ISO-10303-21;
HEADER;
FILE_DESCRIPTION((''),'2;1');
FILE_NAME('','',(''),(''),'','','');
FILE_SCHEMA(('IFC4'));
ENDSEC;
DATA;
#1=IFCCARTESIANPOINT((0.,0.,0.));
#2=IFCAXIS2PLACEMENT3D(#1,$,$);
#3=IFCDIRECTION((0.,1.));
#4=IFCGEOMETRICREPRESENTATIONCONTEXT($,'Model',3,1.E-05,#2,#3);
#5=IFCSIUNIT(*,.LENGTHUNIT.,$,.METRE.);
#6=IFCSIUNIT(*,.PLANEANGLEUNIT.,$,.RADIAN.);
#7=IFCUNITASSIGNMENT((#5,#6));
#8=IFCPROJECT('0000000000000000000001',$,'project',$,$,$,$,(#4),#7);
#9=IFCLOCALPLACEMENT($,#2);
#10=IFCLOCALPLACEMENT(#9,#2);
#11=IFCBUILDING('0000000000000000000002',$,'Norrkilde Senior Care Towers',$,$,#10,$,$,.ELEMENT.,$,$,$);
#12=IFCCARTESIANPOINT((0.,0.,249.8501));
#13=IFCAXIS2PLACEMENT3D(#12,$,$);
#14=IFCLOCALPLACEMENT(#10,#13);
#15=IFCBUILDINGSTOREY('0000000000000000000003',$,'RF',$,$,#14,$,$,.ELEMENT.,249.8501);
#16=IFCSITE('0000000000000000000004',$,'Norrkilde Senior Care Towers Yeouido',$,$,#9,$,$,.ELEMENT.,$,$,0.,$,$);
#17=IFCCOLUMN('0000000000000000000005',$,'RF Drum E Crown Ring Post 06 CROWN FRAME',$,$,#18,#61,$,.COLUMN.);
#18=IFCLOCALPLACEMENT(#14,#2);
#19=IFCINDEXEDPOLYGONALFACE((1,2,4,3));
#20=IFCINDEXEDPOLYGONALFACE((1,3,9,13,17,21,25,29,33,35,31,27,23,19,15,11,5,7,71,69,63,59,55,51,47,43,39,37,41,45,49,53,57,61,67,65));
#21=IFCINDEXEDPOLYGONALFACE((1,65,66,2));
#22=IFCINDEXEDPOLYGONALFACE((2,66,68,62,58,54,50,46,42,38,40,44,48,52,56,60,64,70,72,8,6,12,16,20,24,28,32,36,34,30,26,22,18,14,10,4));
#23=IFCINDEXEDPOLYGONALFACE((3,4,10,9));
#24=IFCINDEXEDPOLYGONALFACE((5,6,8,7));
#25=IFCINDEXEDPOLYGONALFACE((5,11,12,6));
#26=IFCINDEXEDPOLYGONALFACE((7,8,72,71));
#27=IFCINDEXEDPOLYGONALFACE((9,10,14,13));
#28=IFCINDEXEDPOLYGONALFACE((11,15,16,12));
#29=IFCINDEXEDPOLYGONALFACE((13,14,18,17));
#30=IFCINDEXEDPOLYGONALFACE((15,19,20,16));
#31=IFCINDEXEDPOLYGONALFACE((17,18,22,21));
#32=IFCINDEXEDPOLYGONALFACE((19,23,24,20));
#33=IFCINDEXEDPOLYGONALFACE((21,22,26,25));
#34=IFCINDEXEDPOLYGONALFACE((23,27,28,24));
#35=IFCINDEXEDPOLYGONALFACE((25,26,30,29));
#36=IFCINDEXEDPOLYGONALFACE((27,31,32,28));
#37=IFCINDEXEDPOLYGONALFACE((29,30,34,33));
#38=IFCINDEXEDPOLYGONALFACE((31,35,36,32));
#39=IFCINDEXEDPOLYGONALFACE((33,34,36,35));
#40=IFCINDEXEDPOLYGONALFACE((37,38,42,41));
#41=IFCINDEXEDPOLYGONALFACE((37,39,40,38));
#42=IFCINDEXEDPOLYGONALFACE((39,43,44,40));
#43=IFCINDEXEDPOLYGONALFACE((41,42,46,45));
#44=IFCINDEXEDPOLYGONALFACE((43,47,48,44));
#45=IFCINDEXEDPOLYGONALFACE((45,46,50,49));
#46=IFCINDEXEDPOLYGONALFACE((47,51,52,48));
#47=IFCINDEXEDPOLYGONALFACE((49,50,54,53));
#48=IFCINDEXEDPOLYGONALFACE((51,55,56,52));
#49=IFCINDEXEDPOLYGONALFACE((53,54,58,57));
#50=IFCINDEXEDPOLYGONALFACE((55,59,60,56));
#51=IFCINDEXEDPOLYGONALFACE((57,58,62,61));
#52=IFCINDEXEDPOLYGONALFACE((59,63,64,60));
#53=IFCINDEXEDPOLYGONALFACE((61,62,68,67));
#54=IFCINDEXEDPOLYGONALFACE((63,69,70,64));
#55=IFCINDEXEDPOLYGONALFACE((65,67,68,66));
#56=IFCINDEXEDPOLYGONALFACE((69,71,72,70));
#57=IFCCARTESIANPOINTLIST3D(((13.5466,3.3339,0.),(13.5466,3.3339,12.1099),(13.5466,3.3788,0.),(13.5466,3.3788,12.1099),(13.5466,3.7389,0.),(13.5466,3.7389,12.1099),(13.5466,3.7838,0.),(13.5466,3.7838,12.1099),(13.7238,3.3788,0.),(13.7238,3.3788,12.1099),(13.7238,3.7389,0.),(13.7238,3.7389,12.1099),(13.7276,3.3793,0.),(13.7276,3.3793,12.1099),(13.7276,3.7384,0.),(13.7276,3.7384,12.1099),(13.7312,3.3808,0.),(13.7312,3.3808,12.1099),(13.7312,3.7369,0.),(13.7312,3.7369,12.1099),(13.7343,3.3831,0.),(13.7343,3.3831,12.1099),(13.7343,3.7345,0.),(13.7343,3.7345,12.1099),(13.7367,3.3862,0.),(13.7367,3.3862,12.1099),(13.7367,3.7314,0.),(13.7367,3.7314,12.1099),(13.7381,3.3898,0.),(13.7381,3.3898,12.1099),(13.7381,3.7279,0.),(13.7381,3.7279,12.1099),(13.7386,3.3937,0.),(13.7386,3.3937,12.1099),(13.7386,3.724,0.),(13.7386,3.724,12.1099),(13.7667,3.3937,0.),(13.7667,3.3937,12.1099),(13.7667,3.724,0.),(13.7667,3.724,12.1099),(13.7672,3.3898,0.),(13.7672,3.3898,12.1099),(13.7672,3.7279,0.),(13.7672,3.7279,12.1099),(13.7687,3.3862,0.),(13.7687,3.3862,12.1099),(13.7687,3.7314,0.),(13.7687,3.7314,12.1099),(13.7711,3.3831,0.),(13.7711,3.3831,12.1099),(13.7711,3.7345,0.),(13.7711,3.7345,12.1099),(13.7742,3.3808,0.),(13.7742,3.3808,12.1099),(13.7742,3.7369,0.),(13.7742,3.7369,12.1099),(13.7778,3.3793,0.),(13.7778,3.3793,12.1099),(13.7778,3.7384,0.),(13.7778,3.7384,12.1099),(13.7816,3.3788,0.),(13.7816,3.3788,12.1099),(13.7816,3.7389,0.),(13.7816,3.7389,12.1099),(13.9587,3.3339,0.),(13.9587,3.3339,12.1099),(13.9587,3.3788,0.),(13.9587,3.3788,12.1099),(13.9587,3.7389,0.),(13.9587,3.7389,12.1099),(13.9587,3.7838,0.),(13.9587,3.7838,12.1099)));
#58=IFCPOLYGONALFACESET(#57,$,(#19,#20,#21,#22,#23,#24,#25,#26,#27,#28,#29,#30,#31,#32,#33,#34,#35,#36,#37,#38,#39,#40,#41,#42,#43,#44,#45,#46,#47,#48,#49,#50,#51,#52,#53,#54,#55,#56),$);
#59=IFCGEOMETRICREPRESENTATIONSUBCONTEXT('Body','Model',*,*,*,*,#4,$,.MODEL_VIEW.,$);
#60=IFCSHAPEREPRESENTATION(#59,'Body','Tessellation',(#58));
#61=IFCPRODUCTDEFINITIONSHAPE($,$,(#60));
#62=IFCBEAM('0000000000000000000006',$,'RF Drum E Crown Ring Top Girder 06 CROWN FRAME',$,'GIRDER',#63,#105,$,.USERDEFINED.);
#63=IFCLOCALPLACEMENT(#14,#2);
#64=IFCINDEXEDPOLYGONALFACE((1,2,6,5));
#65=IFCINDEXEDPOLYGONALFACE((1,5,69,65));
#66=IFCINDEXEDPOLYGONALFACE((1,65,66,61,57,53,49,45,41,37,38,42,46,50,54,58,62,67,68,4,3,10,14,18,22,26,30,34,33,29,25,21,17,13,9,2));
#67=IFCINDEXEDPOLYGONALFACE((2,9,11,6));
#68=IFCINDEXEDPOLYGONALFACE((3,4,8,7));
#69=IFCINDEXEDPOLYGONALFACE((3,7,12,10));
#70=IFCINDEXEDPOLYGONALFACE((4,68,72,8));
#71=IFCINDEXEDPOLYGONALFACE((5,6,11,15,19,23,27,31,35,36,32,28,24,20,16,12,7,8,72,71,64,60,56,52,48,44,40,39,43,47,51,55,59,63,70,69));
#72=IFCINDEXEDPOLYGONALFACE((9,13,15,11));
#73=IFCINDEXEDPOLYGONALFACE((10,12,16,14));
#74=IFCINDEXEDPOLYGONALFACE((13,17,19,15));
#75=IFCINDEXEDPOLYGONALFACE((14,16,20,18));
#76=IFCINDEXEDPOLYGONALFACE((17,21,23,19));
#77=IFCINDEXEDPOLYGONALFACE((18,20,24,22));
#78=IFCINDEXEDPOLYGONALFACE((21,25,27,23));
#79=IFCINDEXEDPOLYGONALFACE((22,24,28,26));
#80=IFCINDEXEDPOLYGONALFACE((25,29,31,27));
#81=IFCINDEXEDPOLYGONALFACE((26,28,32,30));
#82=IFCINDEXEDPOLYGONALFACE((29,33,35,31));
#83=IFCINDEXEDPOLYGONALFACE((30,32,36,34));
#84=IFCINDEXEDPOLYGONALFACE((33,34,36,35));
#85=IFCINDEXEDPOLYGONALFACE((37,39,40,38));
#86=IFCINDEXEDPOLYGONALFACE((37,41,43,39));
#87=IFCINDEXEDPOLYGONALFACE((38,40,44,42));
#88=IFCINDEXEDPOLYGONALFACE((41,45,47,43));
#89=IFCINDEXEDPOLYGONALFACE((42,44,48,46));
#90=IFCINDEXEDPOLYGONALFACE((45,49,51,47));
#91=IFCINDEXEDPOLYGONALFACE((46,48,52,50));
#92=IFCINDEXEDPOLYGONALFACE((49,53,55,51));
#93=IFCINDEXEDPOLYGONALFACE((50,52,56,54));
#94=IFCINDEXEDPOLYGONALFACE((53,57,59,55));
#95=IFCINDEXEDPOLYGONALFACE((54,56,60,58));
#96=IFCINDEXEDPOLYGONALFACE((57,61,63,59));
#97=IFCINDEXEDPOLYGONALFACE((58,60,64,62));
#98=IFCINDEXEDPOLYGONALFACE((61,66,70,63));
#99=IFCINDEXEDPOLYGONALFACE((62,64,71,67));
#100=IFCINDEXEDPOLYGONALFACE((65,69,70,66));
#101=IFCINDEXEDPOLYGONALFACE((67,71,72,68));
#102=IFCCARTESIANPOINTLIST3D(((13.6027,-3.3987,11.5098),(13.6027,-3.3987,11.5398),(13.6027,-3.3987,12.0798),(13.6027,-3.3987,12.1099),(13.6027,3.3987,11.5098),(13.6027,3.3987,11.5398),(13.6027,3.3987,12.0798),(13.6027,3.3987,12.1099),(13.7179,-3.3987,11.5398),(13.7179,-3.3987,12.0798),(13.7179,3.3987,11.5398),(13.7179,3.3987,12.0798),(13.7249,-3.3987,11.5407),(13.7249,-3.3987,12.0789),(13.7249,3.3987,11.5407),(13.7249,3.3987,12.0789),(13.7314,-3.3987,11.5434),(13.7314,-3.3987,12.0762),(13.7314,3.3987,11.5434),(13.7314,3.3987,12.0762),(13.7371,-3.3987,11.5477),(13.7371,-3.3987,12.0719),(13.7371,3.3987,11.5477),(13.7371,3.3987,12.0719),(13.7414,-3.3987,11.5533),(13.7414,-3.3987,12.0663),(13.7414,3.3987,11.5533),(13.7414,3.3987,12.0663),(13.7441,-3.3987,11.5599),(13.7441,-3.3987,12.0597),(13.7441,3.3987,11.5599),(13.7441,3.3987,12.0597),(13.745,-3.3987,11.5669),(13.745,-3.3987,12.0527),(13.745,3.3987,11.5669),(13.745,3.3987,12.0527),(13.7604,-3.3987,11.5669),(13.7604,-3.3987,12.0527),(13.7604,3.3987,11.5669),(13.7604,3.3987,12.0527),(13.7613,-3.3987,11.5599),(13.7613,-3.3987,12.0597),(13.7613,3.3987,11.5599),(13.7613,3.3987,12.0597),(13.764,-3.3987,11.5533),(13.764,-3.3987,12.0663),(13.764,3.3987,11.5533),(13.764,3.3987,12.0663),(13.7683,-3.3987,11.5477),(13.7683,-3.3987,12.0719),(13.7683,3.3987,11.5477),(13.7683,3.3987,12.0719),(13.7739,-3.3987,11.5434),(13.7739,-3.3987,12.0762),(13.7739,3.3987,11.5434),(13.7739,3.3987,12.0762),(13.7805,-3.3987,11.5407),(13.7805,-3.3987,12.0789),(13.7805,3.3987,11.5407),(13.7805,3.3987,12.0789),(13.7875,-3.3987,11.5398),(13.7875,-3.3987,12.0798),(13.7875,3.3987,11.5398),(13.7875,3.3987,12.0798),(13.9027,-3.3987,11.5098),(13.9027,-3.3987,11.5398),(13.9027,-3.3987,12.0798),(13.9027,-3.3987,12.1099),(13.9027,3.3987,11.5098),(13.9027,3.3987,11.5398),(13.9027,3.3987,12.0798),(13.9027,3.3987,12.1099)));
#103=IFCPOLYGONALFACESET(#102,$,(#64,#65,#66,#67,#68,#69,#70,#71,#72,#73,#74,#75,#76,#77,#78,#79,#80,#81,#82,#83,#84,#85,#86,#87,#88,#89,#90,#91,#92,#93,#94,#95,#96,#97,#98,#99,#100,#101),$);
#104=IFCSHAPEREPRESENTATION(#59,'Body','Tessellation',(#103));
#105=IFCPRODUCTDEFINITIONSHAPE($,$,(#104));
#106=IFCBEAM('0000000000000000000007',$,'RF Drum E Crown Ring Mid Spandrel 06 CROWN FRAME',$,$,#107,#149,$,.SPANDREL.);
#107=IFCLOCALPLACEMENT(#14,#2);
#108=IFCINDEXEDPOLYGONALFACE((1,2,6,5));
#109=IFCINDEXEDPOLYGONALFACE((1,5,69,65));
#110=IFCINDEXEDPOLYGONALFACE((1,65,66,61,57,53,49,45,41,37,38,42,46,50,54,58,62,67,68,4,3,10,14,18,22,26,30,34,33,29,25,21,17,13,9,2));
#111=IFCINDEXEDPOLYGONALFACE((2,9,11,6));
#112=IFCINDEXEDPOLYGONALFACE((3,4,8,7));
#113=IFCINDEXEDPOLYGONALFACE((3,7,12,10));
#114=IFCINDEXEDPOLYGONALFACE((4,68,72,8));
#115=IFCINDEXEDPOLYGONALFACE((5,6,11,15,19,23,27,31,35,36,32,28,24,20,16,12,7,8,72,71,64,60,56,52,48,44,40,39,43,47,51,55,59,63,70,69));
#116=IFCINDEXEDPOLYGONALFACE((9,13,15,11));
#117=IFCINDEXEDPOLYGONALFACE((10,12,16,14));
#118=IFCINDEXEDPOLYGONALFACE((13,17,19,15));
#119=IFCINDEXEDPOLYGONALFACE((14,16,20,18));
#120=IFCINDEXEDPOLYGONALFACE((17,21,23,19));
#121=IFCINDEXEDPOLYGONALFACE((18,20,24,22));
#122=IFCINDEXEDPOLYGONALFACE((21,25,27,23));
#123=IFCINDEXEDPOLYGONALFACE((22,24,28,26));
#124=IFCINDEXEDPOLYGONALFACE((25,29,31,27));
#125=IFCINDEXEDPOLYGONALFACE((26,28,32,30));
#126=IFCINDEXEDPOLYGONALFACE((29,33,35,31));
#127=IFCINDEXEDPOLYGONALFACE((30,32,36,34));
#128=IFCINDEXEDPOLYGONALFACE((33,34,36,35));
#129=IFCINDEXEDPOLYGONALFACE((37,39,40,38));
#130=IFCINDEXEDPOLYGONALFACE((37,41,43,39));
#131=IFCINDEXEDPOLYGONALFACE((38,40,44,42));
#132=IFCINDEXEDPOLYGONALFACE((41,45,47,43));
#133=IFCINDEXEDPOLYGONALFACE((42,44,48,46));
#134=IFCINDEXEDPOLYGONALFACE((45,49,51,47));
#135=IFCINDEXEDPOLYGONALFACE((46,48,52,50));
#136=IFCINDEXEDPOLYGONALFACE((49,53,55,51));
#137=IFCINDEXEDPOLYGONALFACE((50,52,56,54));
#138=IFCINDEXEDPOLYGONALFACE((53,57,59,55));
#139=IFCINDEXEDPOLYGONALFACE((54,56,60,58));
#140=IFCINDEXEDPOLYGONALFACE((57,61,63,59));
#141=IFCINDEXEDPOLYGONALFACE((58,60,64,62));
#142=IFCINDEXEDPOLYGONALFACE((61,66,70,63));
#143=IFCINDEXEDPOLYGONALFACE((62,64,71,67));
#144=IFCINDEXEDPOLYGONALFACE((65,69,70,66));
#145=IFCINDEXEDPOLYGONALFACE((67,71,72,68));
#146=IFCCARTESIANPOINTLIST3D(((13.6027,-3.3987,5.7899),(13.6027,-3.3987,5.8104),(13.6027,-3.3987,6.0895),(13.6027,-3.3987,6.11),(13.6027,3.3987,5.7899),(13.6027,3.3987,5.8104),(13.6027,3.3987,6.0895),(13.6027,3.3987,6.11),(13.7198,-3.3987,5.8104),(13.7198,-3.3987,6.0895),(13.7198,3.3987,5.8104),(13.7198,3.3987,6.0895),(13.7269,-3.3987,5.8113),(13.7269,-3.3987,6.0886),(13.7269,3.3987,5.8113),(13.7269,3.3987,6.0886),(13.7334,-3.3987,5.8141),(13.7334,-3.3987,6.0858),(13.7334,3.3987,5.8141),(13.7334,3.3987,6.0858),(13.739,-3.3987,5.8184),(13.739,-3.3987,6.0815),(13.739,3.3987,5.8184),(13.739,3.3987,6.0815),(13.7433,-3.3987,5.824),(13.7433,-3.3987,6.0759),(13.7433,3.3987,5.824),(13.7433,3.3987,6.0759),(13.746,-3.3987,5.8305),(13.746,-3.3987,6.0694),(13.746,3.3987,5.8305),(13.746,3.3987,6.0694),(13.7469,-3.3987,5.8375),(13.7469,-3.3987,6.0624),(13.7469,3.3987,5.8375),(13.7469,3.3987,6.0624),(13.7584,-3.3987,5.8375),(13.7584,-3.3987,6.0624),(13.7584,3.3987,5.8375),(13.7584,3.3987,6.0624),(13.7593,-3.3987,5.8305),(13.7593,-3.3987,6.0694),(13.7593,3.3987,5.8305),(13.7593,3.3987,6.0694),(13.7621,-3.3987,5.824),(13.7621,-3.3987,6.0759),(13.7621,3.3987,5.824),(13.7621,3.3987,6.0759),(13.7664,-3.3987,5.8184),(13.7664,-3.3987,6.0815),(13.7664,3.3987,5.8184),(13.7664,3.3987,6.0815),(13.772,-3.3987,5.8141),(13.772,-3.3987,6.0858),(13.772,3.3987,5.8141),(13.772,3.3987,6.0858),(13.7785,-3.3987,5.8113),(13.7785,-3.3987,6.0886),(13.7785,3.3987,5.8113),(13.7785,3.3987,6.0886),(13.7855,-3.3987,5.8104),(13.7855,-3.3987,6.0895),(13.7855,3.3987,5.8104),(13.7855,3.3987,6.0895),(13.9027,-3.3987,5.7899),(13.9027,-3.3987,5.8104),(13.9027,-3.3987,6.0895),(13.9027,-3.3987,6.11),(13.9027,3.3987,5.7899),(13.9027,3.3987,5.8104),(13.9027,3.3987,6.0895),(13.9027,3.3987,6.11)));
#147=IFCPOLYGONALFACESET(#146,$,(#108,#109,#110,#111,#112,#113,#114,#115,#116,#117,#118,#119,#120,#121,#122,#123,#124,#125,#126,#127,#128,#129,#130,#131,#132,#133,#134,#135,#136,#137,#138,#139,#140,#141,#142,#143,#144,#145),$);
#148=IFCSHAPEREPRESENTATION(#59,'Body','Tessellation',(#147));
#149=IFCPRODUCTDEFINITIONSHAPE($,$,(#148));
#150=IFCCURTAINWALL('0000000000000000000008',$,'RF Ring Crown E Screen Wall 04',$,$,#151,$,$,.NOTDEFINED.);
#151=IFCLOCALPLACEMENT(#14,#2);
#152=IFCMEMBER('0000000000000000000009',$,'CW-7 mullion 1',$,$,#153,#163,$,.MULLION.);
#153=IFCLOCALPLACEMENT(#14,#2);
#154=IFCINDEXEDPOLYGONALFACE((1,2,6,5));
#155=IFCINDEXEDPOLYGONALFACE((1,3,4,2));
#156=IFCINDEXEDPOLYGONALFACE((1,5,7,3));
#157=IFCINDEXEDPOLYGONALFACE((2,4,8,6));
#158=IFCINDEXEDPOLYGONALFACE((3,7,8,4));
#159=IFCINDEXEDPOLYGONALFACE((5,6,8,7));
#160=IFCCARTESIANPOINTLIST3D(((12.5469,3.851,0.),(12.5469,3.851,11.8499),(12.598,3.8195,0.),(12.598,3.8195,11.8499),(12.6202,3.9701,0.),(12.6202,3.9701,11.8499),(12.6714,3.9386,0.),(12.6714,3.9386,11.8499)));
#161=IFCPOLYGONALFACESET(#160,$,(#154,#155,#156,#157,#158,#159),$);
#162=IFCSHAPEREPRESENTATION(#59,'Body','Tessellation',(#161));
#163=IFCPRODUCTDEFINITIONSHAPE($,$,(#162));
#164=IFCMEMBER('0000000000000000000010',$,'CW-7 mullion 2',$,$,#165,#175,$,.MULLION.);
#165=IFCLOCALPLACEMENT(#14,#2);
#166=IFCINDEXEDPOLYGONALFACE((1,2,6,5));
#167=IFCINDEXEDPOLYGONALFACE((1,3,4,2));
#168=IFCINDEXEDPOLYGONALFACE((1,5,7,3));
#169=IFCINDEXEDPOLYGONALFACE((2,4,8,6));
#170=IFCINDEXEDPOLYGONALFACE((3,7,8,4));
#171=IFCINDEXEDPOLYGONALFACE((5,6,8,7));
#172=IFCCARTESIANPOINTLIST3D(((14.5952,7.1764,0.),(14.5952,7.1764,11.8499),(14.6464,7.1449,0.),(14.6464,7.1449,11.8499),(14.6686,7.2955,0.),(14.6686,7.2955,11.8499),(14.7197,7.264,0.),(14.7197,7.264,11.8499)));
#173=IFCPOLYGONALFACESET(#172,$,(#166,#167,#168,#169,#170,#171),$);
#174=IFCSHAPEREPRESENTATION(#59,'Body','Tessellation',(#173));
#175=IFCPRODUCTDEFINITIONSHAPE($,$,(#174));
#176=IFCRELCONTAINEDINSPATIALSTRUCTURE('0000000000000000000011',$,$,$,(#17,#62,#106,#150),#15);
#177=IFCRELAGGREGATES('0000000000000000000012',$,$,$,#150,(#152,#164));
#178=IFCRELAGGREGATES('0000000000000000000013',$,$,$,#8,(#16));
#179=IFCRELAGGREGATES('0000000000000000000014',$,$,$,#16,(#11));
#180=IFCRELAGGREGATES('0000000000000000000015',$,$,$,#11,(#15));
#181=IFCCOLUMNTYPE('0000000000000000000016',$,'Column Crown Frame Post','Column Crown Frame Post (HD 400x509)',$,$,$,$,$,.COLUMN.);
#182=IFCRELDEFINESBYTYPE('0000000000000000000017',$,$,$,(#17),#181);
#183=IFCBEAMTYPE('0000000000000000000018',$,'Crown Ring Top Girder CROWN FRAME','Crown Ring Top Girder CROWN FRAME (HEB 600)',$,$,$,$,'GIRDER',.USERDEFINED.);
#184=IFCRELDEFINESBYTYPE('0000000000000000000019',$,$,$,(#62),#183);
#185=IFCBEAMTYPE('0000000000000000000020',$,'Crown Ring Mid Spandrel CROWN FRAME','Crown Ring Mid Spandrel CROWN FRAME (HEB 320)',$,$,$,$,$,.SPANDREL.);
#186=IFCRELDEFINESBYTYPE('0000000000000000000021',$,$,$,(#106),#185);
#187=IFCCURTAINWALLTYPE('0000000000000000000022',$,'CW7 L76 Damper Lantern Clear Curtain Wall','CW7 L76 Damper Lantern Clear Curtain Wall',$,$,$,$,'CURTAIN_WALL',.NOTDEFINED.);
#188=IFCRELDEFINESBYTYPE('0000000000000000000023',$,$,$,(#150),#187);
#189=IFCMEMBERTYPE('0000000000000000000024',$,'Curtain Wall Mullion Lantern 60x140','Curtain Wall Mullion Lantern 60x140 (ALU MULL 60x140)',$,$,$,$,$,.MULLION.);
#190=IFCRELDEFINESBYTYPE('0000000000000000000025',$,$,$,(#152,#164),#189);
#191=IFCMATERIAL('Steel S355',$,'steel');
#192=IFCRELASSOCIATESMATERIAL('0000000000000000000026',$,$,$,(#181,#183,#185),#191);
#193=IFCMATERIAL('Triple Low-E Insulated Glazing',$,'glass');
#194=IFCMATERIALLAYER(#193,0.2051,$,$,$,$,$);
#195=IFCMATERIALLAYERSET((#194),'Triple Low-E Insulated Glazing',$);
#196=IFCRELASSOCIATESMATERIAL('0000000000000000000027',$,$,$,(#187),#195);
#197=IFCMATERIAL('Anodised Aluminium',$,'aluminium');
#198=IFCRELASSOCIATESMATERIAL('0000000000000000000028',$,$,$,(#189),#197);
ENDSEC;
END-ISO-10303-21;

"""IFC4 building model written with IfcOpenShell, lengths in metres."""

from ifc_helpers import new_model, si_unit, direction, frame, origin, origin_2d, place, context, subcontext, project, spatial, rectangle, i_section, extrude, source, transform, mapped, material, layer, layer_set, material_profile, profile_set, type_object, type_shapes, element, aggregate, save


model = new_model("IFC4")

# Units and contexts
model_context = context("Model", 3, precision=1e-05, world=origin(), true_north=direction((0.0, 1.0)))
body_context = subcontext(model_context, "Body", "Model", "MODEL_VIEW")
ifc_project = project(units=[si_unit("LENGTHUNIT", "METRE"), si_unit("PLANEANGLEUNIT", "RADIAN")], contexts=[model_context])

# Site, building, storey
site_placement = place(None, origin())
site = spatial("IfcSite", under=ifc_project, at=site_placement, Name="Norrkilde Senior Care Towers Yeouido", CompositionType="ELEMENT", RefElevation=0.0)
building_placement = place(site_placement, origin())
building = spatial("IfcBuilding", under=site, at=building_placement, Name="Norrkilde Senior Care Towers", CompositionType="ELEMENT")
storey_placement = place(building_placement, frame((0.0, 0.0, 249.8501)))
storey = spatial("IfcBuildingStorey", under=building, at=storey_placement, Name="RF", CompositionType="ELEMENT", Elevation=249.8501)

# Column
ifc_material_1 = material(Name="Steel S355", Category="steel")
ifc_material_profile_1 = material_profile(ifc_material_1, i_section(OverallWidth=0.4121, OverallDepth=0.45, WebThickness=0.0281, FlangeThickness=0.0449, FilletRadius=0.0149, at=origin_2d()), Name="HD 400x509")
ifc_profile_set_1 = profile_set([ifc_material_profile_1], Name="Steel S355")
column_type = type_object("IfcColumnType", Name="Column Crown Frame Post", Description="Column Crown Frame Post (HD 400x509)", PredefinedType="COLUMN", material=ifc_profile_set_1)
shared_shape_1 = source(origin(), body_context, "Body", "SweptSolid", [
    extrude(i_section(OverallWidth=0.4121, OverallDepth=0.45, WebThickness=0.0281, FlangeThickness=0.0449, FilletRadius=0.0149, at=origin_2d()), origin(), (0.0, 0.0, 1.0), 12.1099),
])
type_shapes(column_type, [shared_shape_1])
column_placement = place(storey_placement, frame((13.7527, 3.5588, 0.0), z_axis=(0.0, 0.0, 1.0), x_axis=(1.0, 0.0, 0.0)))
element("IfcColumn", 1, at=column_placement, inside=storey, type_object=column_type, Name="RF Drum E Crown Ring Post 06 CROWN FRAME", PredefinedType="COLUMN", context=body_context, shape_type="MappedRepresentation", body=[
    mapped(shared_shape_1, transform((0.0, 0.0, 0.0), x_axis=(1.0, 0.0, 0.0), y_axis=(0.0, 1.0, 0.0), z_axis=(0.0, 0.0, 1.0), scale=1.0)),
])

# Beams
ifc_material_profile_2 = material_profile(ifc_material_1, i_section(OverallWidth=0.3, OverallDepth=0.6001, WebThickness=0.0154, FlangeThickness=0.03, FilletRadius=0.0271, at=origin_2d()), Name="HEB 600")
ifc_profile_set_2 = profile_set([ifc_material_profile_2], Name="Steel S355")
beam_type_1 = type_object("IfcBeamType", Name="Crown Ring Top Girder CROWN FRAME", Description="Crown Ring Top Girder CROWN FRAME (HEB 600)", ElementType="GIRDER", PredefinedType="USERDEFINED", material=ifc_profile_set_2)
shared_shape_2 = source(origin(), body_context, "Body", "SweptSolid", [
    extrude(i_section(OverallWidth=0.3, OverallDepth=0.6001, WebThickness=0.0154, FlangeThickness=0.03, FilletRadius=0.0271, at=origin_2d()), origin(), (0.0, 0.0, 1.0), 6.7974),
])
type_shapes(beam_type_1, [shared_shape_2])
beam_1_placement = place(storey_placement, frame((13.7527, 3.3987, 11.8098), z_axis=(0.0, -1.0, 0.0), x_axis=(1.0, 0.0, 0.0)))
element("IfcBeam", 2, at=beam_1_placement, inside=storey, type_object=beam_type_1, Name="RF Drum E Crown Ring Top Girder 06 CROWN FRAME", ObjectType="GIRDER", PredefinedType="USERDEFINED", context=body_context, shape_type="MappedRepresentation", body=[
    mapped(shared_shape_2, transform((0.0, 0.0, 0.0), x_axis=(1.0, 0.0, 0.0), y_axis=(0.0, 1.0, 0.0), z_axis=(0.0, 0.0, 1.0), scale=1.0)),
])
ifc_material_profile_3 = material_profile(ifc_material_1, i_section(OverallWidth=0.3, OverallDepth=0.3201, WebThickness=0.0115, FlangeThickness=0.0205, FilletRadius=0.0271, at=origin_2d()), Name="HEB 320")
ifc_profile_set_3 = profile_set([ifc_material_profile_3], Name="Steel S355")
beam_type_2 = type_object("IfcBeamType", Name="Crown Ring Mid Spandrel CROWN FRAME", Description="Crown Ring Mid Spandrel CROWN FRAME (HEB 320)", PredefinedType="SPANDREL", material=ifc_profile_set_3)
shared_shape_3 = source(origin(), body_context, "Body", "SweptSolid", [
    extrude(i_section(OverallWidth=0.3, OverallDepth=0.3201, WebThickness=0.0115, FlangeThickness=0.0205, FilletRadius=0.0271, at=origin_2d()), origin(), (0.0, 0.0, 1.0), 6.7974),
])
type_shapes(beam_type_2, [shared_shape_3])
beam_2_placement = place(storey_placement, frame((13.7527, 3.3987, 5.95), z_axis=(0.0, -1.0, 0.0), x_axis=(1.0, 0.0, 0.0)))
element("IfcBeam", 3, at=beam_2_placement, inside=storey, type_object=beam_type_2, Name="RF Drum E Crown Ring Mid Spandrel 06 CROWN FRAME", PredefinedType="SPANDREL", context=body_context, shape_type="MappedRepresentation", body=[
    mapped(shared_shape_3, transform((0.0, 0.0, 0.0), x_axis=(1.0, 0.0, 0.0), y_axis=(0.0, 1.0, 0.0), z_axis=(0.0, 0.0, 1.0), scale=1.0)),
])

# Curtain wall, members
ifc_material_2 = material(Name="Triple Low-E Insulated Glazing", Category="glass")
ifc_layer_1 = layer(ifc_material_2, 0.2051)
ifc_layer_set_1 = layer_set([ifc_layer_1], Name="Triple Low-E Insulated Glazing")
curtain_wall_type = type_object("IfcCurtainWallType", Name="CW7 L76 Damper Lantern Clear Curtain Wall", Description="CW7 L76 Damper Lantern Clear Curtain Wall", ElementType="CURTAIN_WALL", PredefinedType="NOTDEFINED", material=ifc_layer_set_1)
curtain_wall_1_placement = place(storey_placement, origin())
curtain_wall_1 = element("IfcCurtainWall", 4, at=curtain_wall_1_placement, inside=storey, type_object=curtain_wall_type, Name="RF Ring Crown E Screen Wall 04", PredefinedType="NOTDEFINED")
ifc_material_3 = material(Name="Anodised Aluminium", Category="aluminium")
ifc_material_profile_4 = material_profile(ifc_material_3, rectangle(XDim=0.0601, YDim=0.1399, at=origin_2d()), Name="ALU MULL 60x140")
ifc_profile_set_4 = profile_set([ifc_material_profile_4], Name="Anodised Aluminium")
member_type_1 = type_object("IfcMemberType", Name="Curtain Wall Mullion Lantern 60x140", Description="Curtain Wall Mullion Lantern 60x140 (ALU MULL 60x140)", PredefinedType="MULLION", material=ifc_profile_set_4)
shared_shape_4 = source(origin(), body_context, "Body", "SweptSolid", [
    extrude(rectangle(XDim=0.0601, YDim=0.1399, at=origin_2d()), origin(), (0.0, 0.0, 1.0), 11.8499),
])
type_shapes(member_type_1, [shared_shape_4])
member_1_placement = place(storey_placement, frame((12.6091, 3.8948, 0.0), z_axis=(0.0, 0.0, 1.0), x_axis=(-0.851436, 0.524458, 0.0)))
member_1 = element("IfcMember", 5, at=member_1_placement, type_object=member_type_1, Name="CW-7 mullion 1", PredefinedType="MULLION", context=body_context, shape_type="MappedRepresentation", body=[
    mapped(shared_shape_4, transform((0.0, 0.0, 0.0), x_axis=(1.0, 0.0, 0.0), y_axis=(0.0, 1.0, 0.0), z_axis=(0.0, 0.0, 1.0), scale=1.0)),
])
member_2_placement = place(storey_placement, frame((14.6575, 7.2202, 0.0), z_axis=(0.0, 0.0, 1.0), x_axis=(-0.851436, 0.524458, 0.0)))
member_2 = element("IfcMember", 6, at=member_2_placement, type_object=member_type_1, Name="CW-7 mullion 2", PredefinedType="MULLION", context=body_context, shape_type="MappedRepresentation", body=[
    mapped(shared_shape_4, transform((0.0, 0.0, 0.0), x_axis=(1.0, 0.0, 0.0), y_axis=(0.0, 1.0, 0.0), z_axis=(0.0, 0.0, 1.0), scale=1.0)),
])

aggregate(curtain_wall_1, [member_1, member_2])

save(model, "model.ifc")
